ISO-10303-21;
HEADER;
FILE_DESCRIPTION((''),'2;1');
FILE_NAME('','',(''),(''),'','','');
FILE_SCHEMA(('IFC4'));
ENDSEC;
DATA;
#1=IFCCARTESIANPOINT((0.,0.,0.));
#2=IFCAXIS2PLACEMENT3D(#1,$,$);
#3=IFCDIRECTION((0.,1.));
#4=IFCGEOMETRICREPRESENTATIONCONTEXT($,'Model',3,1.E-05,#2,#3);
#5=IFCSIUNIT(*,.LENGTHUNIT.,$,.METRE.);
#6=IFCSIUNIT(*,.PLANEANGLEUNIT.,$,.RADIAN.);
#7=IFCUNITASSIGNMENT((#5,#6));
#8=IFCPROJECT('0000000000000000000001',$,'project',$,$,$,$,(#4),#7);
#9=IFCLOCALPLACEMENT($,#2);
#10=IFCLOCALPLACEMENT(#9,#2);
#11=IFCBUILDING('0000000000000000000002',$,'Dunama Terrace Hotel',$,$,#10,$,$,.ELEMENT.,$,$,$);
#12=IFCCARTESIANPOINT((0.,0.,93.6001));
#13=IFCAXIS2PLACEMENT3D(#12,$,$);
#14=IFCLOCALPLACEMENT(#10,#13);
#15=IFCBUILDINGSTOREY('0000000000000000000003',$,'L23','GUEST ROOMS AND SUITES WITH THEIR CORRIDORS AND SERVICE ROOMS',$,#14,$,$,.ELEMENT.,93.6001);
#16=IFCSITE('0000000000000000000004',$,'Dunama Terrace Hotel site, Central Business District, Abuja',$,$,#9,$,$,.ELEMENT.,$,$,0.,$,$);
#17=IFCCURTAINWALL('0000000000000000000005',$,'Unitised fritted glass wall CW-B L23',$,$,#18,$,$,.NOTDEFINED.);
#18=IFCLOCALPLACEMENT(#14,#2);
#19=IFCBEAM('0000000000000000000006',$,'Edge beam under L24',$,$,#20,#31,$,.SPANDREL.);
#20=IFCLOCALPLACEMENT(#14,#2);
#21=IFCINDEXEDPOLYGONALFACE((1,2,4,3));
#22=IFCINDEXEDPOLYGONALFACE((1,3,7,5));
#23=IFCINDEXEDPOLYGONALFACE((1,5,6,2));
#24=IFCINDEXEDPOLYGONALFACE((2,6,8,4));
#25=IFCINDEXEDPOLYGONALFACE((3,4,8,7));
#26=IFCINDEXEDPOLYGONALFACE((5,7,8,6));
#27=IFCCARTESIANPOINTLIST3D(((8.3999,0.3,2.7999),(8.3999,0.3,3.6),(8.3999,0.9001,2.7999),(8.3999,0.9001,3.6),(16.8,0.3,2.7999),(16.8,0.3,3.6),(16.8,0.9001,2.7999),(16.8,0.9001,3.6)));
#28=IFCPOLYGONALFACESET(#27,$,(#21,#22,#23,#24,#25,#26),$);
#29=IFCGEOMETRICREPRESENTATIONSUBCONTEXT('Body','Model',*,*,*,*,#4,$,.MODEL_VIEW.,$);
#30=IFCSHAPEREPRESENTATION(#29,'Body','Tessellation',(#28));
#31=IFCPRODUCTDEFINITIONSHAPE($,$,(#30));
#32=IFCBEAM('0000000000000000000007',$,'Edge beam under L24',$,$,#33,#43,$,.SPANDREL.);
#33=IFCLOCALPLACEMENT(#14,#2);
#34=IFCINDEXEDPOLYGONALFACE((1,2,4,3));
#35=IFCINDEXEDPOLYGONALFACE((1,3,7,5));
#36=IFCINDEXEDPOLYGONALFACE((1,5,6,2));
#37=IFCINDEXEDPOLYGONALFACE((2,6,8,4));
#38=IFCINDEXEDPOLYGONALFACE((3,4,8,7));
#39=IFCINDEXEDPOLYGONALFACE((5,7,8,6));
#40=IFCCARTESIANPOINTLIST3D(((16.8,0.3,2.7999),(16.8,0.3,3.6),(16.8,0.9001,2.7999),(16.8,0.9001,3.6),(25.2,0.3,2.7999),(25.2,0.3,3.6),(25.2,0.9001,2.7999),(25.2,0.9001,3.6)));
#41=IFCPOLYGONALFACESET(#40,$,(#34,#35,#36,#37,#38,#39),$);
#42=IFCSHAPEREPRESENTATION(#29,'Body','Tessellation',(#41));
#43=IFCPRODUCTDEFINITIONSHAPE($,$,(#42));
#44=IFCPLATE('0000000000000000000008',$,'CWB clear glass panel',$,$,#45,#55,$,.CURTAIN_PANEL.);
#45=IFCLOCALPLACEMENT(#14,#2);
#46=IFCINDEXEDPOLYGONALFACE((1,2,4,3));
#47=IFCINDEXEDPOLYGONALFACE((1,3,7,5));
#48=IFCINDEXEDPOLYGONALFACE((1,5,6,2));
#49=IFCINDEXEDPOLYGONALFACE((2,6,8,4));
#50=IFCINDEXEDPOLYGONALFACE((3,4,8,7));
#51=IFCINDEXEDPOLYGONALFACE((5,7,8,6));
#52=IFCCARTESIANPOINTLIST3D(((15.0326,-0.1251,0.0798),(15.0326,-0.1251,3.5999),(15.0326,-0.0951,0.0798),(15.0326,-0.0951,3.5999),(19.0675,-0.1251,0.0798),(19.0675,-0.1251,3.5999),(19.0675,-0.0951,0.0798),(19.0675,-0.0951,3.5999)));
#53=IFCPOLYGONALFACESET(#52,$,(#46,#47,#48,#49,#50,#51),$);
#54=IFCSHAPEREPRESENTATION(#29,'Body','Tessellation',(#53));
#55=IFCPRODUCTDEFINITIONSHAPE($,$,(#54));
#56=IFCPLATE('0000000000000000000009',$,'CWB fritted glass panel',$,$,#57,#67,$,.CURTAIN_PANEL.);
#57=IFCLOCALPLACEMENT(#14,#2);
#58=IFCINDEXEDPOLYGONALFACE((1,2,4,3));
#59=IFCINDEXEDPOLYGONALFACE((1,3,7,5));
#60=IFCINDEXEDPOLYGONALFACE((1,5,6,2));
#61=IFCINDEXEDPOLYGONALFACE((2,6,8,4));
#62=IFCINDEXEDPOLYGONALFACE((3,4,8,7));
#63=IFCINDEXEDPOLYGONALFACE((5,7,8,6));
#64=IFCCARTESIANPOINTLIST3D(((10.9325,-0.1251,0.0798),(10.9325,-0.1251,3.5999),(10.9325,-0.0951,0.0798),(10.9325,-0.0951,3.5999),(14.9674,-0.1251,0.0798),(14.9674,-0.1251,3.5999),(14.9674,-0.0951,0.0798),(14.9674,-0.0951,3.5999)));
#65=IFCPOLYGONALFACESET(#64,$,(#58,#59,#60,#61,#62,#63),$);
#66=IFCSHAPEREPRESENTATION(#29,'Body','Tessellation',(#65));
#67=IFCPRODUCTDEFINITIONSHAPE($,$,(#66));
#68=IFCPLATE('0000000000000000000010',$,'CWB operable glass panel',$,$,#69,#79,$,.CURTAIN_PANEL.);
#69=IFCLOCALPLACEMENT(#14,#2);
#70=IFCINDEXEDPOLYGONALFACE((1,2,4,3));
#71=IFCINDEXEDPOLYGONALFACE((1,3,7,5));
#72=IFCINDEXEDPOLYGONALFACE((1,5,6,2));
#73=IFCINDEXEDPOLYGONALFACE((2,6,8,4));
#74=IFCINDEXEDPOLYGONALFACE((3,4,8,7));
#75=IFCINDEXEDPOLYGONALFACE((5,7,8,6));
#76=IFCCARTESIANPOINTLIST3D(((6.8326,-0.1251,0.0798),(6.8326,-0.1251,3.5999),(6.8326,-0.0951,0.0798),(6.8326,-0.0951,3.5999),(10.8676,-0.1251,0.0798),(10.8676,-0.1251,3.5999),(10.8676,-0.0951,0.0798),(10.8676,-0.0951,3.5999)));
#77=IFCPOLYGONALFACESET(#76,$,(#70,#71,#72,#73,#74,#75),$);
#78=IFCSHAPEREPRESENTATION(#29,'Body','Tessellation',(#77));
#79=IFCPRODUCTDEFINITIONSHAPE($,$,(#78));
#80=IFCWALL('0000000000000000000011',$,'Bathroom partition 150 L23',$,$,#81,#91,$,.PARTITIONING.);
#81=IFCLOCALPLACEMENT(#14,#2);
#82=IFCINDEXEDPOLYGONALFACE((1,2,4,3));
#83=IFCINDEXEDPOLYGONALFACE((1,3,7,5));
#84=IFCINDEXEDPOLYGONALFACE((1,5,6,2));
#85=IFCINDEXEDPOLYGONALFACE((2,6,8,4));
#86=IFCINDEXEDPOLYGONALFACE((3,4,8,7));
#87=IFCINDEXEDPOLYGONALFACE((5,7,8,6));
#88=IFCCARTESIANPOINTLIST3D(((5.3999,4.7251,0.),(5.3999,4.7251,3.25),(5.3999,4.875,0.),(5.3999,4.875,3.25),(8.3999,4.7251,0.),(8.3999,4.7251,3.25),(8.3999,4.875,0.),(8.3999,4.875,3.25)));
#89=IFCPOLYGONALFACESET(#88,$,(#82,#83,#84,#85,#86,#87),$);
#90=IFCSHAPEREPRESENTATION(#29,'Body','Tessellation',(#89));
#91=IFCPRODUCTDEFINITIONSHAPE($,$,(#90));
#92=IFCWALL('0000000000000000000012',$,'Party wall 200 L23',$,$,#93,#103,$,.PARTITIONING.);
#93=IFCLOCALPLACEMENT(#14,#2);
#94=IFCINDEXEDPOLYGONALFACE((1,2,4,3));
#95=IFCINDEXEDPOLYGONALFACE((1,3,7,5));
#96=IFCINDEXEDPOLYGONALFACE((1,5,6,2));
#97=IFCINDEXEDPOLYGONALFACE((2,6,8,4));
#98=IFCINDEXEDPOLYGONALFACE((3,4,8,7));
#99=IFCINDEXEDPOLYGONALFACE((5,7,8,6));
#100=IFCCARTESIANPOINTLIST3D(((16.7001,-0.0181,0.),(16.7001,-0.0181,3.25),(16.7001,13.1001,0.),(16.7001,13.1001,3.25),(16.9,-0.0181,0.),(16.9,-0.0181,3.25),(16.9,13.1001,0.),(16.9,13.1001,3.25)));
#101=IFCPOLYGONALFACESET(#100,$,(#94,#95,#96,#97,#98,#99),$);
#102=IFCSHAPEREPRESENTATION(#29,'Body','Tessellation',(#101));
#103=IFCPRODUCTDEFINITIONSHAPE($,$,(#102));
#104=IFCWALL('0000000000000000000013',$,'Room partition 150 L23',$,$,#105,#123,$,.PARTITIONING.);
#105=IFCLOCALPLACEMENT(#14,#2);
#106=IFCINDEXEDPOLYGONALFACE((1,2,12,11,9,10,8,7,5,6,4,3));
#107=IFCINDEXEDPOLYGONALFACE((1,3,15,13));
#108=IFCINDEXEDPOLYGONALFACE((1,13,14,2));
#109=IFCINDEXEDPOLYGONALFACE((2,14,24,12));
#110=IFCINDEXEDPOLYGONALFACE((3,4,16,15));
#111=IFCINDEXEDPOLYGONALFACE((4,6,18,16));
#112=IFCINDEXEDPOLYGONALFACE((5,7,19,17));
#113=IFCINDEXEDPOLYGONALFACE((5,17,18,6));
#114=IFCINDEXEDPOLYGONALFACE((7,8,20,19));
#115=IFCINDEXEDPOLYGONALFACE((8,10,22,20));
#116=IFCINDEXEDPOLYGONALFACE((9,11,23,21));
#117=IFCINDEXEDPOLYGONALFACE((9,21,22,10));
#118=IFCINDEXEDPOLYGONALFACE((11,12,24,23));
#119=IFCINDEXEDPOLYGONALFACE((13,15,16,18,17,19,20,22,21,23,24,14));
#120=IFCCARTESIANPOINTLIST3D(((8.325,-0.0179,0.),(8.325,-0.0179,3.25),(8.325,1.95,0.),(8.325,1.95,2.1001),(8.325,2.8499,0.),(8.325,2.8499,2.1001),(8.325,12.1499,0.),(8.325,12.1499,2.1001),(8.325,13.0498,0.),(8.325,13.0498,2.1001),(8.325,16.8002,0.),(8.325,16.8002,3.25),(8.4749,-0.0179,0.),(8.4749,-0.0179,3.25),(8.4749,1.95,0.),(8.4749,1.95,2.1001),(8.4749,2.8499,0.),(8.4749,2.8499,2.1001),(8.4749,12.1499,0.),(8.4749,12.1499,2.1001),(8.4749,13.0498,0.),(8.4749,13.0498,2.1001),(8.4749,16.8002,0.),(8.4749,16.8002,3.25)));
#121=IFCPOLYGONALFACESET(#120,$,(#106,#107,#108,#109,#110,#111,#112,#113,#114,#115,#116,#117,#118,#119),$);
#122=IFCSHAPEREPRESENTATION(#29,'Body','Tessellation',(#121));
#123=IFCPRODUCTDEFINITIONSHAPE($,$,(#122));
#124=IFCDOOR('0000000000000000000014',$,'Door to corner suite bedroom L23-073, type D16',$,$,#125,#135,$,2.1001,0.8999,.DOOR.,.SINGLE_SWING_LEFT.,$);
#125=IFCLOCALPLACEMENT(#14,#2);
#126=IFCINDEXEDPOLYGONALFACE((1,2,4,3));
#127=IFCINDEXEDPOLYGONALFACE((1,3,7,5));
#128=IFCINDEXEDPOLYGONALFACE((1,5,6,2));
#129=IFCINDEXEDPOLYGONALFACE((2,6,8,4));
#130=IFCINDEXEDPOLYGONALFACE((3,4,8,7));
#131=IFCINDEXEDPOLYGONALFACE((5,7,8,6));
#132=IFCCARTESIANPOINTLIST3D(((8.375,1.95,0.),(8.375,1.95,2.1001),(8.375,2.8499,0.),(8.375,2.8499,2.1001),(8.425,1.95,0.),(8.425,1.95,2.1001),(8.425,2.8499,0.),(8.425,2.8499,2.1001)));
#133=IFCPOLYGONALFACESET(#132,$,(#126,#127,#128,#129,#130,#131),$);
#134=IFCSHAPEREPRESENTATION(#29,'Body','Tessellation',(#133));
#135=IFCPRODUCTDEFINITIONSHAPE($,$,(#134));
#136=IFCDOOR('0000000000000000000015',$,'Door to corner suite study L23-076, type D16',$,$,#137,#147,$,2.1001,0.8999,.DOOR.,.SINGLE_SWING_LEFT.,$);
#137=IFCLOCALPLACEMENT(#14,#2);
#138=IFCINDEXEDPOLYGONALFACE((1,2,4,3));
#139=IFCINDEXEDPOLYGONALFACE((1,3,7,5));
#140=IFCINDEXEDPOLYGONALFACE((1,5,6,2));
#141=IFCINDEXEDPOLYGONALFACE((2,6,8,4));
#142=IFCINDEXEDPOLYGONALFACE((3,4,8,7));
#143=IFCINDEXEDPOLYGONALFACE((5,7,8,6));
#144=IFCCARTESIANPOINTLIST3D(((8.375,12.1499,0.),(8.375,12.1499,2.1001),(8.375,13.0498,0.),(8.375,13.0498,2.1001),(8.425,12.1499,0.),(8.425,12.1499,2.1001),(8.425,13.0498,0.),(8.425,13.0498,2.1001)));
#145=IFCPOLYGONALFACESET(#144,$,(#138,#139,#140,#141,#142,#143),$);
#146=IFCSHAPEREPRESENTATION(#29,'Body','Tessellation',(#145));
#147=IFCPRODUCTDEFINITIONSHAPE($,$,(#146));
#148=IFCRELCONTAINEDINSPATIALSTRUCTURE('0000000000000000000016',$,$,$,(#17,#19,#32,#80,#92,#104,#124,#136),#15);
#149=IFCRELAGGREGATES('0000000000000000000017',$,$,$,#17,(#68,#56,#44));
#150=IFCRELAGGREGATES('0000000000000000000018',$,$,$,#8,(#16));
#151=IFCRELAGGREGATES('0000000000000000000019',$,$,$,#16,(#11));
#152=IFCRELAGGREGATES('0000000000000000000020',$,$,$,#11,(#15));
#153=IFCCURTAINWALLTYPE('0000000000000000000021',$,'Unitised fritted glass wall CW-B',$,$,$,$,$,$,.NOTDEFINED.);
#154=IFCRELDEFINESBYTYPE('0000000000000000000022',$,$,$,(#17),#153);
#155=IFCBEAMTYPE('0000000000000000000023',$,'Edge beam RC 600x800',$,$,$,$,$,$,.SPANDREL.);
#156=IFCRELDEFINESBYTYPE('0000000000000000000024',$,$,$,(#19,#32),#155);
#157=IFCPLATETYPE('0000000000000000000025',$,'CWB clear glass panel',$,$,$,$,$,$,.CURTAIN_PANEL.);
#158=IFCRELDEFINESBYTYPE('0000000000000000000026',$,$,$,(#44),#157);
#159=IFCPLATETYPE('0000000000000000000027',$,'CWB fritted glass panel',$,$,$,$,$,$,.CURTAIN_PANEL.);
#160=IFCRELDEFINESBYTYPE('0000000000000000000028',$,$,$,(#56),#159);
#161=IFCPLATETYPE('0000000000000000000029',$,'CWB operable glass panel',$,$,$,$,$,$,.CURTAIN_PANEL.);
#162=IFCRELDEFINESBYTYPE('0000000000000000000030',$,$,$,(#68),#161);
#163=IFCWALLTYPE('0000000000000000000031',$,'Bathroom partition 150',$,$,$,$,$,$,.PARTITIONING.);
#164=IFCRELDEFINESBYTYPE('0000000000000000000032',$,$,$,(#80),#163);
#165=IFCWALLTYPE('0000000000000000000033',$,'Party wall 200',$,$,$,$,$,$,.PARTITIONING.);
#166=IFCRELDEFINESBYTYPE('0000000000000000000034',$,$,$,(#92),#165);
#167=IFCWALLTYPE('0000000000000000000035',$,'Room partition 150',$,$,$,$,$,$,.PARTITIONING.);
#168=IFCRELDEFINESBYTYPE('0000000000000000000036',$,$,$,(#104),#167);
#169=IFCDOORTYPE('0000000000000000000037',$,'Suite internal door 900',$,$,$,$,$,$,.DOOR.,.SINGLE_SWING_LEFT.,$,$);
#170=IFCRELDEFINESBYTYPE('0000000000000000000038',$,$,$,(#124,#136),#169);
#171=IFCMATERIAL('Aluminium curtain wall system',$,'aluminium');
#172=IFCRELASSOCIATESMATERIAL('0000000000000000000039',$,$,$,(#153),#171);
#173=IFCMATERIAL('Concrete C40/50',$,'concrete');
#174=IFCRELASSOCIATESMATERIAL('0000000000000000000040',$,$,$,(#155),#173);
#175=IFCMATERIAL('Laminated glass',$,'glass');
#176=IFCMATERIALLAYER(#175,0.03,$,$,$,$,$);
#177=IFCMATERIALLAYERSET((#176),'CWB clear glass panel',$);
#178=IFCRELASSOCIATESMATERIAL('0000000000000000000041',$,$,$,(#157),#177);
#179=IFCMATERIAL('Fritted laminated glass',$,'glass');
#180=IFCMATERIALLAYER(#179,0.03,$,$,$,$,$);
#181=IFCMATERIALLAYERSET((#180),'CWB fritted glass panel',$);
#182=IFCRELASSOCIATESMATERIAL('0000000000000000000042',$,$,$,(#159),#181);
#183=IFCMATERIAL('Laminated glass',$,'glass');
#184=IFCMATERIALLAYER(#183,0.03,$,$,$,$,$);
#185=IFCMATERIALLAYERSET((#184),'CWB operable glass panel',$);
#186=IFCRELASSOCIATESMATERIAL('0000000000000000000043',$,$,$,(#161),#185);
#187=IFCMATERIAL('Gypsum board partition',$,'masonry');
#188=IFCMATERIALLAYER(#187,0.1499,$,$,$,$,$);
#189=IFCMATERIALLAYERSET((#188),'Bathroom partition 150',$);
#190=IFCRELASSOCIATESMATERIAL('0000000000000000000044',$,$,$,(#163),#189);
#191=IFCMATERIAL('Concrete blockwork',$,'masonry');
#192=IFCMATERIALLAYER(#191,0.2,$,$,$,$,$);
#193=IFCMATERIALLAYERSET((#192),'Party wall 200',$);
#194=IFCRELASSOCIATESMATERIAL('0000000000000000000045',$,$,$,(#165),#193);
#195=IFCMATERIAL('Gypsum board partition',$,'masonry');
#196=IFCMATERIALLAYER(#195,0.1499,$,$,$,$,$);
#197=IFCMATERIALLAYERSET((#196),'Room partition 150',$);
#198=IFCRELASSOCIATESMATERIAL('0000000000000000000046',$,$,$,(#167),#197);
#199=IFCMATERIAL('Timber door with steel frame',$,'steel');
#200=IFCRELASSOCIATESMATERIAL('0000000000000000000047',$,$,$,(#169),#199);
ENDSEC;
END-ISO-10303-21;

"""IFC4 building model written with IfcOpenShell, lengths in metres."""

from ifc_helpers import new_model, si_unit, direction, frame, frame_2d, origin, origin_2d, place, context, subcontext, project, spatial, rectangle, extrude, material, layer, layer_set, material_profile, profile_set, type_object, element, fill, aggregate, save


model = new_model("IFC4")

# Units and contexts
model_context = context("Model", 3, precision=1e-05, world=origin(), true_north=direction((0.0, 1.0)))
body_context = subcontext(model_context, "Body", "Model", "MODEL_VIEW")
ifc_project = project(units=[si_unit("LENGTHUNIT", "METRE"), si_unit("PLANEANGLEUNIT", "RADIAN")], contexts=[model_context])

# Site, building, storey
site_placement = place(None, origin())
site = spatial("IfcSite", under=ifc_project, at=site_placement, Name="Dunama Terrace Hotel site, Central Business District, Abuja", CompositionType="ELEMENT", RefElevation=0.0)
building_placement = place(site_placement, origin())
building = spatial("IfcBuilding", under=site, at=building_placement, Name="Dunama Terrace Hotel", CompositionType="ELEMENT")
storey_placement = place(building_placement, frame((0.0, 0.0, 93.6001)))
storey = spatial("IfcBuildingStorey", under=building, at=storey_placement, Name="L23", Description="GUEST ROOMS AND SUITES WITH THEIR CORRIDORS AND SERVICE ROOMS", CompositionType="ELEMENT", Elevation=93.6001)

# Curtain wall
ifc_material_1 = material(Name="Aluminium curtain wall system", Category="aluminium")
curtain_wall_type = type_object("IfcCurtainWallType", Name="Unitised fritted glass wall CW-B", PredefinedType="NOTDEFINED", material=ifc_material_1)
curtain_wall_placement = place(storey_placement, origin())
curtain_wall = element("IfcCurtainWall", 1, at=curtain_wall_placement, inside=storey, type_object=curtain_wall_type, Name="Unitised fritted glass wall CW-B L23", PredefinedType="NOTDEFINED")

# Beams
ifc_material_2 = material(Name="Concrete C40/50", Category="concrete")
ifc_material_profile_1 = material_profile(ifc_material_2, rectangle(XDim=0.6001, YDim=0.8, at=origin_2d()), Name="RC 600x800")
ifc_profile_set_1 = profile_set([ifc_material_profile_1], Name="Concrete C40/50")
beam_type_1 = type_object("IfcBeamType", Name="Edge beam RC 600x800", PredefinedType="SPANDREL", material=ifc_profile_set_1)
beam_1_placement = place(storey_placement, frame((8.3999, 0.6001, 3.2), z_axis=(1.0, 0.0, 0.0), x_axis=(0.0, 1.0, 0.0)))
element("IfcBeam", 2, at=beam_1_placement, inside=storey, type_object=beam_type_1, Name="Edge beam under L24", PredefinedType="SPANDREL", context=body_context, shape_type="SweptSolid", body=[
    extrude(rectangle(XDim=0.6001, YDim=0.8, at=origin_2d()), origin(), (0.0, 0.0, 1.0), 8.4001),
])
beam_2_placement = place(storey_placement, frame((16.8, 0.6001, 3.2), z_axis=(1.0, 0.0, 0.0), x_axis=(0.0, 1.0, 0.0)))
element("IfcBeam", 3, at=beam_2_placement, inside=storey, type_object=beam_type_1, Name="Edge beam under L24", PredefinedType="SPANDREL", context=body_context, shape_type="SweptSolid", body=[
    extrude(rectangle(XDim=0.6001, YDim=0.8, at=origin_2d()), origin(), (0.0, 0.0, 1.0), 8.3999),
])

# Plates
ifc_material_3 = material(Name="Laminated glass", Category="glass")
ifc_layer_1 = layer(ifc_material_3, 0.03)
ifc_layer_set_1 = layer_set([ifc_layer_1], Name="CWB clear glass panel")
plate_type_1 = type_object("IfcPlateType", Name="CWB clear glass panel", PredefinedType="CURTAIN_PANEL", material=ifc_layer_set_1)
plate_1_placement = place(storey_placement, frame((17.05, -0.1101, 0.0798), z_axis=(0.0, 0.0, 1.0), x_axis=(1.0, 0.0, 0.0)))
plate_1 = element("IfcPlate", 4, at=plate_1_placement, type_object=plate_type_1, Name="CWB clear glass panel", PredefinedType="CURTAIN_PANEL", context=body_context, shape_type="SweptSolid", body=[
    extrude(rectangle(XDim=4.0349, YDim=0.03, at=origin_2d()), origin(), (0.0, 0.0, 1.0), 3.52),
])
ifc_material_4 = material(Name="Fritted laminated glass", Category="glass")
ifc_layer_2 = layer(ifc_material_4, 0.03)
ifc_layer_set_2 = layer_set([ifc_layer_2], Name="CWB fritted glass panel")
plate_type_2 = type_object("IfcPlateType", Name="CWB fritted glass panel", PredefinedType="CURTAIN_PANEL", material=ifc_layer_set_2)
plate_2_placement = place(storey_placement, frame((12.95, -0.1101, 0.0798), z_axis=(0.0, 0.0, 1.0), x_axis=(1.0, 0.0, 0.0)))
plate_2 = element("IfcPlate", 5, at=plate_2_placement, type_object=plate_type_2, Name="CWB fritted glass panel", PredefinedType="CURTAIN_PANEL", context=body_context, shape_type="SweptSolid", body=[
    extrude(rectangle(XDim=4.0349, YDim=0.03, at=origin_2d()), origin(), (0.0, 0.0, 1.0), 3.52),
])
ifc_material_5 = material(Name="Laminated glass", Category="glass")
ifc_layer_3 = layer(ifc_material_5, 0.03)
ifc_layer_set_3 = layer_set([ifc_layer_3], Name="CWB operable glass panel")
plate_type_3 = type_object("IfcPlateType", Name="CWB operable glass panel", PredefinedType="CURTAIN_PANEL", material=ifc_layer_set_3)
plate_3_placement = place(storey_placement, frame((8.8501, -0.1101, 0.0798), z_axis=(0.0, 0.0, 1.0), x_axis=(1.0, 0.0, 0.0)))
plate_3 = element("IfcPlate", 6, at=plate_3_placement, type_object=plate_type_3, Name="CWB operable glass panel", PredefinedType="CURTAIN_PANEL", context=body_context, shape_type="SweptSolid", body=[
    extrude(rectangle(XDim=4.0349, YDim=0.03, at=origin_2d()), origin(), (0.0, 0.0, 1.0), 3.52),
])
aggregate(curtain_wall, [plate_3, plate_2, plate_1])

# Walls
ifc_material_6 = material(Name="Gypsum board partition", Category="masonry")
ifc_layer_4 = layer(ifc_material_6, 0.1499)
ifc_layer_set_4 = layer_set([ifc_layer_4], Name="Bathroom partition 150")
wall_type_1 = type_object("IfcWallType", Name="Bathroom partition 150", PredefinedType="PARTITIONING", material=ifc_layer_set_4)
wall_1_placement = place(storey_placement, frame((5.3999, 4.8, 0.0), z_axis=(0.0, 0.0, 1.0), x_axis=(1.0, 0.0, 0.0)))
element("IfcWall", 7, at=wall_1_placement, inside=storey, type_object=wall_type_1, Name="Bathroom partition 150 L23", PredefinedType="PARTITIONING", context=body_context, shape_type="SweptSolid", body=[
    extrude(rectangle(XDim=3.0, YDim=0.1499, at=frame_2d((1.5, 0.0))), origin(), (0.0, 0.0, 1.0), 3.25),
])
ifc_material_7 = material(Name="Concrete blockwork", Category="masonry")
ifc_layer_5 = layer(ifc_material_7, 0.2)
ifc_layer_set_5 = layer_set([ifc_layer_5], Name="Party wall 200")
wall_type_2 = type_object("IfcWallType", Name="Party wall 200", PredefinedType="PARTITIONING", material=ifc_layer_set_5)
wall_2_placement = place(storey_placement, frame((16.8, -0.0181, 0.0), z_axis=(0.0, 0.0, 1.0), x_axis=(0.0, 1.0, 0.0)))
element("IfcWall", 8, at=wall_2_placement, inside=storey, type_object=wall_type_2, Name="Party wall 200 L23", PredefinedType="PARTITIONING", context=body_context, shape_type="SweptSolid", body=[
    extrude(rectangle(XDim=13.1182, YDim=0.2, at=frame_2d((6.5591, 0.0))), origin(), (0.0, 0.0, 1.0), 3.25),
])

# Wall, openings, doors
ifc_material_8 = material(Name="Gypsum board partition", Category="masonry")
ifc_layer_6 = layer(ifc_material_8, 0.1499)
ifc_layer_set_6 = layer_set([ifc_layer_6], Name="Room partition 150")
wall_type_3 = type_object("IfcWallType", Name="Room partition 150", PredefinedType="PARTITIONING", material=ifc_layer_set_6)
wall_3_placement = place(storey_placement, frame((8.3999, -0.0181, 0.0), z_axis=(0.0, 0.0, 1.0), x_axis=(0.0, 1.0, 0.0)))
wall_3 = element("IfcWall", 9, at=wall_3_placement, inside=storey, type_object=wall_type_3, Name="Room partition 150 L23", PredefinedType="PARTITIONING", context=body_context, shape_type="SweptSolid", body=[
    extrude(rectangle(XDim=16.8181, YDim=0.1499, at=frame_2d((8.4092, 0.0))), origin(), (0.0, 0.0, 1.0), 3.25),
])
opening_1_placement = place(wall_3_placement, frame((1.968, 0.0, 0.0)))
opening_1 = element("IfcOpeningElement", 10, at=opening_1_placement, cuts=wall_3, PredefinedType="OPENING", context=body_context, shape_type="SweptSolid", body=[
    extrude(rectangle(XDim=0.8999, YDim=2.1001, at=frame_2d((0.45, 1.05))), frame((0.0, 0.085, 0.0), z_axis=(0.0, -1.0, 0.0), x_axis=(1.0, 0.0, 0.0)), (0.0, 0.0, 1.0), 0.1699),
])
opening_2_placement = place(wall_3_placement, frame((12.168, 0.0, 0.0)))
opening_2 = element("IfcOpeningElement", 11, at=opening_2_placement, cuts=wall_3, PredefinedType="OPENING", context=body_context, shape_type="SweptSolid", body=[
    extrude(rectangle(XDim=0.8999, YDim=2.1001, at=frame_2d((0.45, 1.05))), frame((0.0, 0.085, 0.0), z_axis=(0.0, -1.0, 0.0), x_axis=(1.0, 0.0, 0.0)), (0.0, 0.0, 1.0), 0.1699),
])
ifc_material_9 = material(Name="Timber door with steel frame", Category="steel")
door_type = type_object("IfcDoorType", Name="Suite internal door 900", OperationType="SINGLE_SWING_LEFT", PredefinedType="DOOR", material=ifc_material_9)
door_1_placement = place(opening_1_placement, origin())
door_1 = element("IfcDoor", 12, at=door_1_placement, inside=storey, type_object=door_type, Name="Door to corner suite bedroom L23-073, type D16", OperationType="SINGLE_SWING_LEFT", OverallHeight=2.1001, OverallWidth=0.8999, PredefinedType="DOOR", context=body_context, shape_type="SweptSolid", body=[
    extrude(rectangle(XDim=0.8999, YDim=2.1001, at=frame_2d((0.45, 1.05))), frame((0.0, 0.0249, 0.0), z_axis=(0.0, -1.0, 0.0), x_axis=(1.0, 0.0, 0.0)), (0.0, 0.0, 1.0), 0.05),
])
fill(opening_1, door_1)
door_2_placement = place(opening_2_placement, origin())
door_2 = element("IfcDoor", 13, at=door_2_placement, inside=storey, type_object=door_type, Name="Door to corner suite study L23-076, type D16", OperationType="SINGLE_SWING_LEFT", OverallHeight=2.1001, OverallWidth=0.8999, PredefinedType="DOOR", context=body_context, shape_type="SweptSolid", body=[
    extrude(rectangle(XDim=0.8999, YDim=2.1001, at=frame_2d((0.45, 1.05))), frame((0.0, 0.0249, 0.0), z_axis=(0.0, -1.0, 0.0), x_axis=(1.0, 0.0, 0.0)), (0.0, 0.0, 1.0), 0.05),
])
fill(opening_2, door_2)

save(model, "model.ifc")
